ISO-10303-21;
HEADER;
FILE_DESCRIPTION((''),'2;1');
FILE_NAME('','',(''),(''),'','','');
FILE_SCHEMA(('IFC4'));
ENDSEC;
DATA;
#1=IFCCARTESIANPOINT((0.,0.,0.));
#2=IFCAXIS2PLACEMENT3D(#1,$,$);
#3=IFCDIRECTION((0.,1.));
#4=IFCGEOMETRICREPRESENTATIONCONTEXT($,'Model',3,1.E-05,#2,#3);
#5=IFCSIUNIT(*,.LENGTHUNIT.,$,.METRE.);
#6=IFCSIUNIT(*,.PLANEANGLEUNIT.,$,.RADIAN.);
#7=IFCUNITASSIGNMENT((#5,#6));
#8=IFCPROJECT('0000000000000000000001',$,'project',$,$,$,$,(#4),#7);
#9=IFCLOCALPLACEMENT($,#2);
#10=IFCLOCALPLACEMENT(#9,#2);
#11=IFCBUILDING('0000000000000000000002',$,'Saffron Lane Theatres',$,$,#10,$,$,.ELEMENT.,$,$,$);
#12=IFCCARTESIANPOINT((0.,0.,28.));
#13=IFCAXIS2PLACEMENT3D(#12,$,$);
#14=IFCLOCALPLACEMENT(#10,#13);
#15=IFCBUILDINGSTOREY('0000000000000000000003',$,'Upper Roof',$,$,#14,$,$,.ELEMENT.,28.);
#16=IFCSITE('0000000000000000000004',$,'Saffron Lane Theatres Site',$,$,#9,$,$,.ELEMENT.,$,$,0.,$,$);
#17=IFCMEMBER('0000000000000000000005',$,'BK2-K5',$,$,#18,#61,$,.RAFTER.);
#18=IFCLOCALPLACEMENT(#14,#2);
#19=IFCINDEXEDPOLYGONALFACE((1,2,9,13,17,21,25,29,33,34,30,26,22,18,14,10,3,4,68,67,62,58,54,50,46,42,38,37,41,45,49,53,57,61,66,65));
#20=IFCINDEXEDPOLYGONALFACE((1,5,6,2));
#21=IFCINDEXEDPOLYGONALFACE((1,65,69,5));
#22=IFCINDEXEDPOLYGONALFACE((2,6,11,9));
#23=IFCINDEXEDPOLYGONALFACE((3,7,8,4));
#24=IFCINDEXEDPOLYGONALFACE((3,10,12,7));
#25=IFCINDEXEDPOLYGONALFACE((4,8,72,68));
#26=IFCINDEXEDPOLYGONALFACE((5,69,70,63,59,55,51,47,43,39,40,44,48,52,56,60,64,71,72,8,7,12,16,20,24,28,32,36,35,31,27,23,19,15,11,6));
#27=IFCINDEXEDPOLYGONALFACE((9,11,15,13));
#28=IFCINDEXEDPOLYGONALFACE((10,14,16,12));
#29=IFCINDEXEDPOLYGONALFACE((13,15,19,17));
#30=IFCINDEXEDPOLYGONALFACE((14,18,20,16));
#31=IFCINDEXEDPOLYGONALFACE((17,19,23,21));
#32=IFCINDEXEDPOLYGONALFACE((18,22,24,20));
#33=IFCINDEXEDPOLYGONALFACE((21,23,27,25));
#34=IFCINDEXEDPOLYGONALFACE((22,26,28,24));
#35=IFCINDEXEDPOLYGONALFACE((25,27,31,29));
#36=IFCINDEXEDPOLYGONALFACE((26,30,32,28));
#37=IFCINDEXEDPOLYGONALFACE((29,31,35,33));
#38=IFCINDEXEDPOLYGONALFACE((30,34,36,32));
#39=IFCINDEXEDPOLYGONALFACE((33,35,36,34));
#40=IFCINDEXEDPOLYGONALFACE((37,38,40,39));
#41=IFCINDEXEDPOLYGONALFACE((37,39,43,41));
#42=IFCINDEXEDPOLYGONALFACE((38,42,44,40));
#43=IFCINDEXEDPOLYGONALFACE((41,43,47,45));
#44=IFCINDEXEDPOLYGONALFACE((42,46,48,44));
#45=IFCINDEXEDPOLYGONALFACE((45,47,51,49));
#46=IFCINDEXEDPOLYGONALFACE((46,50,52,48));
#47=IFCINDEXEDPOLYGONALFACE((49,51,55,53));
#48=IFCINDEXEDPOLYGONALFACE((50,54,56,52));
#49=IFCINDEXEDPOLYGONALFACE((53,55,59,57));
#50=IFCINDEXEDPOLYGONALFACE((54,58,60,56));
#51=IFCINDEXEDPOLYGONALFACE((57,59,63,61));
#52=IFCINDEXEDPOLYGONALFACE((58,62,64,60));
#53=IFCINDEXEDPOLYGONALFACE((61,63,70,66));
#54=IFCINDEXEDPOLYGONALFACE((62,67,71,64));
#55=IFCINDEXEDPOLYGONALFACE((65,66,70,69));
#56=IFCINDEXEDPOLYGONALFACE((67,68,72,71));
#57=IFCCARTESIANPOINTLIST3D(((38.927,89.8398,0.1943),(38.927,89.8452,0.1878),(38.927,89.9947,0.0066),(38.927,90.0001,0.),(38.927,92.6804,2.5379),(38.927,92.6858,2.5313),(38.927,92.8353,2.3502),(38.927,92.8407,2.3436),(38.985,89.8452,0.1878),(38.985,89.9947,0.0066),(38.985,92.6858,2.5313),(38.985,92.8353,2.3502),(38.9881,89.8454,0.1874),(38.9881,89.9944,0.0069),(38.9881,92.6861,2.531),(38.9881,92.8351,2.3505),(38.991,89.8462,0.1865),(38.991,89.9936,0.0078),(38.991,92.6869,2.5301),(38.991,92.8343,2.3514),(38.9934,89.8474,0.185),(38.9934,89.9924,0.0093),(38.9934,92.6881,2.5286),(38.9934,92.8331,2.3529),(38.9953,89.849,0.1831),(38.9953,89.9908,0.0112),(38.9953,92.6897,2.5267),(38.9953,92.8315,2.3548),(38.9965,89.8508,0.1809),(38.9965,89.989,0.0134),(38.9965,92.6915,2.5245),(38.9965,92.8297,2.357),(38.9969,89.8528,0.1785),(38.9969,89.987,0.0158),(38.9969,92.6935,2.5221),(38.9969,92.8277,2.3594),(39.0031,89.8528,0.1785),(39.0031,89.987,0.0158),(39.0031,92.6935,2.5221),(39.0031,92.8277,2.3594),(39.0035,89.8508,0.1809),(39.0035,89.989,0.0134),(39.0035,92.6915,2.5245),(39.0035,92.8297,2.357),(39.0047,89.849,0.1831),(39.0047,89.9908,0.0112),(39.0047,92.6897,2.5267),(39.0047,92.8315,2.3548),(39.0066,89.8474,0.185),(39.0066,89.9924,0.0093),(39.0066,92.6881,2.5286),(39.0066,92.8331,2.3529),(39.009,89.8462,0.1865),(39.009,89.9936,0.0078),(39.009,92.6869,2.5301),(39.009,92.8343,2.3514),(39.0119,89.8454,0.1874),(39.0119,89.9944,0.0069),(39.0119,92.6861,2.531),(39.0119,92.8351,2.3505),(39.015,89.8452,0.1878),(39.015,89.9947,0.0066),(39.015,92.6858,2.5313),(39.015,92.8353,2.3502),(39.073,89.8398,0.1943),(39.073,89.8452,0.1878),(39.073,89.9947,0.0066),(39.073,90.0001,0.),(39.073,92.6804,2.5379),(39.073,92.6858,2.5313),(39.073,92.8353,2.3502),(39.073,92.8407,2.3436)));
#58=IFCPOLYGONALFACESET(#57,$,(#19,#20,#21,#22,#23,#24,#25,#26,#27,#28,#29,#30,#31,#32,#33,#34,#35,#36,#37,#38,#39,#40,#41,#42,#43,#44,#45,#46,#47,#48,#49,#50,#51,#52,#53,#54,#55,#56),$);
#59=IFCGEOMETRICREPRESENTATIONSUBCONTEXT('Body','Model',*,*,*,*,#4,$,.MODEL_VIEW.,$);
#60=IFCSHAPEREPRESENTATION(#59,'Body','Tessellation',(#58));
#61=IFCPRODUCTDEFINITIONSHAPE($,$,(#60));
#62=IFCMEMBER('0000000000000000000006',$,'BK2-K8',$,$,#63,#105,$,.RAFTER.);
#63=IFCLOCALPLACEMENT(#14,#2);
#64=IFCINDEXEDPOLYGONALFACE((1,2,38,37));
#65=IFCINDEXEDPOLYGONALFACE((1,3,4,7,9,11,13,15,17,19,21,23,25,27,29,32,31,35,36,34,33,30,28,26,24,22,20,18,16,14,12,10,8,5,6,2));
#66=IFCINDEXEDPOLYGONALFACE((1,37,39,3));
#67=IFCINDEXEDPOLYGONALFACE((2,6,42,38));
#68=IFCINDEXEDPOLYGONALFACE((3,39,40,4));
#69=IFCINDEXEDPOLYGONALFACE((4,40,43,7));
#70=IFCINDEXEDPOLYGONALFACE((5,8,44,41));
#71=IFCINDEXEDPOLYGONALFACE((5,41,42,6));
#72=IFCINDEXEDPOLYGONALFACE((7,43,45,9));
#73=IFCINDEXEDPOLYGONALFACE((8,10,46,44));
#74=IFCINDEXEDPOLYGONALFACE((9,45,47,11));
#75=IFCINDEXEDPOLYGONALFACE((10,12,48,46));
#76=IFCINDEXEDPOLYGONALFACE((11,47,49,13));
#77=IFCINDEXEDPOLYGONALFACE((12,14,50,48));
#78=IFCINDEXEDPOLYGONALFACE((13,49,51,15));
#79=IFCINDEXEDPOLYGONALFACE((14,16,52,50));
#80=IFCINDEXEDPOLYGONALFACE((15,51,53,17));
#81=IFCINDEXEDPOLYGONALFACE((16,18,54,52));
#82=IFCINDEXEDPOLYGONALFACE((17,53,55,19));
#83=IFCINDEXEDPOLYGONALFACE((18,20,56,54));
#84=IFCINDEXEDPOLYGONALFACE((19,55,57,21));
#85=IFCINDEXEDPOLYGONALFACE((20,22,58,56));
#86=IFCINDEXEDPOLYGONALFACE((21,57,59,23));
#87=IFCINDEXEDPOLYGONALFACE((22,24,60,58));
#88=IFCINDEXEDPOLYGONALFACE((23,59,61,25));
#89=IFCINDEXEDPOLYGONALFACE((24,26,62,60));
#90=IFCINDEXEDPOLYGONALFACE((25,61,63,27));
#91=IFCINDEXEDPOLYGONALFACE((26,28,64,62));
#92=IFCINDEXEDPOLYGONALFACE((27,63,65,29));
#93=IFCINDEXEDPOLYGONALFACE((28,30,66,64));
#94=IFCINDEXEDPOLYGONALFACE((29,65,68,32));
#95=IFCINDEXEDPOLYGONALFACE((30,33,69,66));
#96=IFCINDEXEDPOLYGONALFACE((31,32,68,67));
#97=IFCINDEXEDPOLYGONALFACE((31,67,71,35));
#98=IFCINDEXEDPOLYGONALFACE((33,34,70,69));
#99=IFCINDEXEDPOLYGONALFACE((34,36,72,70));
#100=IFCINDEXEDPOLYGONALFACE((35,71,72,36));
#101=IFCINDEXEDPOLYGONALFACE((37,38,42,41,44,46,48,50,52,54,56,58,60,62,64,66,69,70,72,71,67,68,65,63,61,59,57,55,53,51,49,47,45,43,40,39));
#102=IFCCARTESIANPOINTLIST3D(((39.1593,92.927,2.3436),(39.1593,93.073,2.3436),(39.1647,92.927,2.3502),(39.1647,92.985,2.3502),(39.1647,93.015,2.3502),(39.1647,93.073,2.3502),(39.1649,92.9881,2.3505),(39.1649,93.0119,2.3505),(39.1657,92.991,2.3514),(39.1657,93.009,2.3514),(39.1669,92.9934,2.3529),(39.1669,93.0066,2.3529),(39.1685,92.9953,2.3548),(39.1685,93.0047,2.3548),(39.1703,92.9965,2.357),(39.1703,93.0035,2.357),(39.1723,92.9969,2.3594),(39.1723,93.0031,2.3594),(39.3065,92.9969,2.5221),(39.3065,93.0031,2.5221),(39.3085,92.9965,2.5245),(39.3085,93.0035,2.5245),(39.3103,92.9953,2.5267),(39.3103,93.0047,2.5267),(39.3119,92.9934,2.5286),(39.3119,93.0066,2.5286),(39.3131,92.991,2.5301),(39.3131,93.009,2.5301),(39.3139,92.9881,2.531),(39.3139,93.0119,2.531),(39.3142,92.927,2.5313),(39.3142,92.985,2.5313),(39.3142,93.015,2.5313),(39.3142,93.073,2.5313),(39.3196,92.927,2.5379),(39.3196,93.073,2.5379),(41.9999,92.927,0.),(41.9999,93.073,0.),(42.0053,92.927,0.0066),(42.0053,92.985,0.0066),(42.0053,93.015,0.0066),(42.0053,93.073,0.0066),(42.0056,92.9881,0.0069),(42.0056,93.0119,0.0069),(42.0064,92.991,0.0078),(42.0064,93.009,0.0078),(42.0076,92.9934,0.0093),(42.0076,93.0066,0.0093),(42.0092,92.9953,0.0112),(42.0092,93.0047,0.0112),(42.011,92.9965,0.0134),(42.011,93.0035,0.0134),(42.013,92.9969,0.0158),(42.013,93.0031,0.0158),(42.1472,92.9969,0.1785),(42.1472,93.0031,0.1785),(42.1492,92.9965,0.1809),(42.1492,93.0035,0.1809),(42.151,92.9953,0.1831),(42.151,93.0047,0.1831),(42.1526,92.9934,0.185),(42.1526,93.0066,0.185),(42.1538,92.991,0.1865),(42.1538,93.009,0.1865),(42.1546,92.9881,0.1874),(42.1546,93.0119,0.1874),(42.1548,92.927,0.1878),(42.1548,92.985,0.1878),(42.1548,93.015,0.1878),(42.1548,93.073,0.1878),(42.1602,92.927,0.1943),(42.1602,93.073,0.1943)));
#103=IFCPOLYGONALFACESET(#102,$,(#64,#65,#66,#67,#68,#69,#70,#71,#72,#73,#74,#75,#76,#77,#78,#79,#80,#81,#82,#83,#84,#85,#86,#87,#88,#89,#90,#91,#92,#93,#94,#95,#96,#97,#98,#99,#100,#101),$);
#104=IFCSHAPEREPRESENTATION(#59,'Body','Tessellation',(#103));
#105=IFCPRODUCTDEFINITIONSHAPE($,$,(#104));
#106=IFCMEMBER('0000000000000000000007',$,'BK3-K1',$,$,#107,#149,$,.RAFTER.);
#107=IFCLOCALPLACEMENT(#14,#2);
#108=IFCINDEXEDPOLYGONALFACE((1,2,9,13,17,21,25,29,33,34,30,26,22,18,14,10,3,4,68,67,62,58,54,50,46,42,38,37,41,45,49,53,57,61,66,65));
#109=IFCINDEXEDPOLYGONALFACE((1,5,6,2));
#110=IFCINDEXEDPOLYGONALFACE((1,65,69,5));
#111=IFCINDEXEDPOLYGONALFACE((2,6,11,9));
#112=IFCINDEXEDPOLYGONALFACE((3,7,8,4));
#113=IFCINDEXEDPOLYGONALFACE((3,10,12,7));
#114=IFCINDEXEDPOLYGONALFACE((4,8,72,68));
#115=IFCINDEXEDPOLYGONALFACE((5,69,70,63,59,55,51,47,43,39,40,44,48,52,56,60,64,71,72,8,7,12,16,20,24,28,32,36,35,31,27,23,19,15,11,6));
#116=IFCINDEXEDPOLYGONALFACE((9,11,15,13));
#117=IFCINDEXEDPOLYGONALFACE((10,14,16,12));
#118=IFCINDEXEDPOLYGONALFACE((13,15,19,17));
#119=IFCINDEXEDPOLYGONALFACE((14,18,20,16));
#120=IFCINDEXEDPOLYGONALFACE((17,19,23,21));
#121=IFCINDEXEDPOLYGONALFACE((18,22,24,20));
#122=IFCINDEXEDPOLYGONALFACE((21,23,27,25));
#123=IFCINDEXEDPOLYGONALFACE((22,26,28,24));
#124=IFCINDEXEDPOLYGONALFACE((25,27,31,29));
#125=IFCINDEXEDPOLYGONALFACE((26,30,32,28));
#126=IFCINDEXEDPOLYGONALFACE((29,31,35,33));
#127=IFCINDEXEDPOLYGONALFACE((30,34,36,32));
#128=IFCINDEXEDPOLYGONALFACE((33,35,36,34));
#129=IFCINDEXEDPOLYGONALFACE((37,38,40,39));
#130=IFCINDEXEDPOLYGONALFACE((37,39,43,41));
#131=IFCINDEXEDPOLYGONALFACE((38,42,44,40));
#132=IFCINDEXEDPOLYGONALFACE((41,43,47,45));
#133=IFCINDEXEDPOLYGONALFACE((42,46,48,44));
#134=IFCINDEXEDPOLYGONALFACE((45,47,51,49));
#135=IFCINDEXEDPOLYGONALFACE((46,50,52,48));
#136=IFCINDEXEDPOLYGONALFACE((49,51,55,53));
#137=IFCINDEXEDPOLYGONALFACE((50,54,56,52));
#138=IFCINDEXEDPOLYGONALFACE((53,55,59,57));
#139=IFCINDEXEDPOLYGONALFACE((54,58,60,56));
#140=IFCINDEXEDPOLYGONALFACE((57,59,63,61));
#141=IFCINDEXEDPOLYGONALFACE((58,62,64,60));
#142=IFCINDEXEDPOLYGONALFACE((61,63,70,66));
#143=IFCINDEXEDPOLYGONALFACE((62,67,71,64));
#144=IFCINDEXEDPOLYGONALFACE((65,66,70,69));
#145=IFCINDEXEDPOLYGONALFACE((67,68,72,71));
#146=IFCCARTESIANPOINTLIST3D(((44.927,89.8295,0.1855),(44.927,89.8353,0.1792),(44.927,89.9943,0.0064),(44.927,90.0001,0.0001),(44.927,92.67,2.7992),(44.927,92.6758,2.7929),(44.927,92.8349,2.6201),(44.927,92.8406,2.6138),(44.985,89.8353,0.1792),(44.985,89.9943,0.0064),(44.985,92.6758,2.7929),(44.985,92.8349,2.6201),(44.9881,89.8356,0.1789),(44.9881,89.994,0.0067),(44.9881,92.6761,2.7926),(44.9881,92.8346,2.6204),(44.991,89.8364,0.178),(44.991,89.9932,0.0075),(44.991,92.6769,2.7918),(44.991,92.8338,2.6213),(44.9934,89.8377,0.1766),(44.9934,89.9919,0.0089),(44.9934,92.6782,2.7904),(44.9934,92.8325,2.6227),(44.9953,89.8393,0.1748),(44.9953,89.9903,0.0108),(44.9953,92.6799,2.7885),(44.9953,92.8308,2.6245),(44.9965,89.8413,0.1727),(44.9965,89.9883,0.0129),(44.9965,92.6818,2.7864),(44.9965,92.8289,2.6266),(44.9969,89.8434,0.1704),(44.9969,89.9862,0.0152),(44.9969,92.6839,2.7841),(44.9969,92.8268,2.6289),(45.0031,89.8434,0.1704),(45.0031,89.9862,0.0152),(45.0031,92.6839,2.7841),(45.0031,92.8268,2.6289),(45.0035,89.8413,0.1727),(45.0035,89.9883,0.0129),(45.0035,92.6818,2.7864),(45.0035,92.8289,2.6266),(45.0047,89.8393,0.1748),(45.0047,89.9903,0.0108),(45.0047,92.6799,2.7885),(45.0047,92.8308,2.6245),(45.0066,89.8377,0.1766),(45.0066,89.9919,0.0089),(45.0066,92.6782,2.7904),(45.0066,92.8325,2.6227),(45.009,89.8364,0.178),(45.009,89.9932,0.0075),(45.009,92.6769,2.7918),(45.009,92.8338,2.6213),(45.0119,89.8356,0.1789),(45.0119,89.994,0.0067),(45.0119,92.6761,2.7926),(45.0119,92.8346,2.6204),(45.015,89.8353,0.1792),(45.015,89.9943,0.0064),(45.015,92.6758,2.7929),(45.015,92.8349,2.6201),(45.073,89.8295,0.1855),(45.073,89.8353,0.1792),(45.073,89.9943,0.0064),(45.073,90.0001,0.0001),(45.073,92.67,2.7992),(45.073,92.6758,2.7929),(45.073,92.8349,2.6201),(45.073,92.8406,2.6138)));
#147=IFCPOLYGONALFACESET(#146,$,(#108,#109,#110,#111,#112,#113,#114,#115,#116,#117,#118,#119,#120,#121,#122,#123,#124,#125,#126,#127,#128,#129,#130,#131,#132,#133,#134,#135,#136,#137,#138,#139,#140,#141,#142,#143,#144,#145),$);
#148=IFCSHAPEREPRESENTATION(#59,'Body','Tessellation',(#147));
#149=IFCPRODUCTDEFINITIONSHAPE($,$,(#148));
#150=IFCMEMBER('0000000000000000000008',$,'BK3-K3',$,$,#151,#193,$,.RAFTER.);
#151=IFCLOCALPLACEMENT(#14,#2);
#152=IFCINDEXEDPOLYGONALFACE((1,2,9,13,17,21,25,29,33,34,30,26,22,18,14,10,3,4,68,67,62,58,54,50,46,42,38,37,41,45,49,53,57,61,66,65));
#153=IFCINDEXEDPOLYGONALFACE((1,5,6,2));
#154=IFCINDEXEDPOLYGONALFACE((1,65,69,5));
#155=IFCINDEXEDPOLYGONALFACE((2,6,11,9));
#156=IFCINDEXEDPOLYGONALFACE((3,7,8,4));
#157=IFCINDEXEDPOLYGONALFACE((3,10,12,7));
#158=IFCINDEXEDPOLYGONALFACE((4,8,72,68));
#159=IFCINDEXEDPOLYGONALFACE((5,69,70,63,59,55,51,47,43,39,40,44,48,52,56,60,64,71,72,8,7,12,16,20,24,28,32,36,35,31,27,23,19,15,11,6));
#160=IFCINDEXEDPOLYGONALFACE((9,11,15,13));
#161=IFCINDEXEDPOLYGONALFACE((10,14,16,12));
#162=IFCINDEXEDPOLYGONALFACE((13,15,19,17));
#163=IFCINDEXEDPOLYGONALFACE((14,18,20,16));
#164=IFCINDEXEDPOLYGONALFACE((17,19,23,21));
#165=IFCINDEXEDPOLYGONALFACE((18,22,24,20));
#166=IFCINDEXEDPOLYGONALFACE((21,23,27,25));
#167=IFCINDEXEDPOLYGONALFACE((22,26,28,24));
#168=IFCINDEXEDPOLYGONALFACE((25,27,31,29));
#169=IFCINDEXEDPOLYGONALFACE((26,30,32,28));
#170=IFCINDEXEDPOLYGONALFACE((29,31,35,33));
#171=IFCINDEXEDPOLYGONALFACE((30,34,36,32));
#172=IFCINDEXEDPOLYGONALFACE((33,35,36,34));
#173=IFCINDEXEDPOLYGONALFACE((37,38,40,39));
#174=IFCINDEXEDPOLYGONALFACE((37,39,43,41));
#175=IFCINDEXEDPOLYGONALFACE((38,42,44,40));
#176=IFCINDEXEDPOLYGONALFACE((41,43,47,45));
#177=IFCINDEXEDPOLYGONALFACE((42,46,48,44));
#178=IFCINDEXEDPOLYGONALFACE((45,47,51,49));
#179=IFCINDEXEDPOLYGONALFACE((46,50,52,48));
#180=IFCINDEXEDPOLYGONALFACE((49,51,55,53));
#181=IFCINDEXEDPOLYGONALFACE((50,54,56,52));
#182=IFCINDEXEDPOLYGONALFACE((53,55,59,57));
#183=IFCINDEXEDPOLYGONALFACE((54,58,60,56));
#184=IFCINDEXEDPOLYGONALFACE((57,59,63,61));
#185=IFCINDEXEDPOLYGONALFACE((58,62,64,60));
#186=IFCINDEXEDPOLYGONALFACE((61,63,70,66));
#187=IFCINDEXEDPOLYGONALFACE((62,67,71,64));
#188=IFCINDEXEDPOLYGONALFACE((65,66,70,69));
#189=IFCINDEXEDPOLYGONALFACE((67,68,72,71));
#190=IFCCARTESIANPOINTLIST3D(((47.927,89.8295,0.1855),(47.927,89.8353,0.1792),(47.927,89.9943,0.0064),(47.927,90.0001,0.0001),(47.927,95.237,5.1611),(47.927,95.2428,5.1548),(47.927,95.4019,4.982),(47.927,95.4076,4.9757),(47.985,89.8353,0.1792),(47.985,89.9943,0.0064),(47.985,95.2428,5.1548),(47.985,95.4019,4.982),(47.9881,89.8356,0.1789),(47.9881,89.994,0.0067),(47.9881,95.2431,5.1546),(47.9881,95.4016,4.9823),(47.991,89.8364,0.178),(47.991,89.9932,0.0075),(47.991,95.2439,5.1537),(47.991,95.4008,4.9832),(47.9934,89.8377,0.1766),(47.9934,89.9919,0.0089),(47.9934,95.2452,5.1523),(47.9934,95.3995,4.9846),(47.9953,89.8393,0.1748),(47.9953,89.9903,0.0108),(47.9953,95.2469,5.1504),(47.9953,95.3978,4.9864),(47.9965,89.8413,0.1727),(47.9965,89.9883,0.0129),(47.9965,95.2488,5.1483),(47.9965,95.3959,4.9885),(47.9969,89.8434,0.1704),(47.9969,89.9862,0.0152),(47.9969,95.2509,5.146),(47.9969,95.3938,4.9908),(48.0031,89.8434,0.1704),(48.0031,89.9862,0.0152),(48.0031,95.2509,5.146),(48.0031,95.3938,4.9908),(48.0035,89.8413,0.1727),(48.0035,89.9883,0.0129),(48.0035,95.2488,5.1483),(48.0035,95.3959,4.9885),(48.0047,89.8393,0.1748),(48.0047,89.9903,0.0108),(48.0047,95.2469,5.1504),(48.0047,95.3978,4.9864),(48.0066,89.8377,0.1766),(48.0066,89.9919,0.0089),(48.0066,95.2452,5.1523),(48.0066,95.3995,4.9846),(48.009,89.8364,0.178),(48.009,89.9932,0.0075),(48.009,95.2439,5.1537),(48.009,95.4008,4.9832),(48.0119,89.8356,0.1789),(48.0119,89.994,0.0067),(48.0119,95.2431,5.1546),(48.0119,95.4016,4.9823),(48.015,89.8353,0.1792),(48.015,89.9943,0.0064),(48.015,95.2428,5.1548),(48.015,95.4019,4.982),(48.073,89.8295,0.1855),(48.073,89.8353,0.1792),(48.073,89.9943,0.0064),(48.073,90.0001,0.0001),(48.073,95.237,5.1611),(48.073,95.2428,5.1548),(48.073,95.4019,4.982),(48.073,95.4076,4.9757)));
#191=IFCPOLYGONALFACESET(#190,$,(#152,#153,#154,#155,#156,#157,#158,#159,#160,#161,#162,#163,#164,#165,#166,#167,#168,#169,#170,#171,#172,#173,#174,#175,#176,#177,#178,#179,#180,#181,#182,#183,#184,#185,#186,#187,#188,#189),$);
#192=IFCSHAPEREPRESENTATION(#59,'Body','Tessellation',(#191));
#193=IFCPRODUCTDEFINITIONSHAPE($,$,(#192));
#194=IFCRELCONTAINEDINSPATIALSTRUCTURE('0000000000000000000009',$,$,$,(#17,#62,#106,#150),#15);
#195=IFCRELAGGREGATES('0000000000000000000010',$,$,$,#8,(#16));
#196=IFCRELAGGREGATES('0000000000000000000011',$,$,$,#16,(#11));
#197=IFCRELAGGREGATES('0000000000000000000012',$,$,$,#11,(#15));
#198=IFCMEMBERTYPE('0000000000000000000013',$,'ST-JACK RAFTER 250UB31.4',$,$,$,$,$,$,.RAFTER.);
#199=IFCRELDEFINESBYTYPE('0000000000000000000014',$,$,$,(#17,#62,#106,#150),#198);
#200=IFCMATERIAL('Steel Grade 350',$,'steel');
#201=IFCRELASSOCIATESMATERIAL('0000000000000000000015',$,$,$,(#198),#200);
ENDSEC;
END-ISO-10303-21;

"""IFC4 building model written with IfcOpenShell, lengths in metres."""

from ifc_helpers import new_model, si_unit, direction, frame, origin, origin_2d, place, context, subcontext, project, spatial, i_section, extrude, material, material_profile, profile_set, type_object, element, save


model = new_model("IFC4")

# Units and contexts
model_context = context("Model", 3, precision=1e-05, world=origin(), true_north=direction((0.0, 1.0)))
body_context = subcontext(model_context, "Body", "Model", "MODEL_VIEW")
ifc_project = project(units=[si_unit("LENGTHUNIT", "METRE"), si_unit("PLANEANGLEUNIT", "RADIAN")], contexts=[model_context])

# Site, building, storey
site_placement = place(None, origin())
site = spatial("IfcSite", under=ifc_project, at=site_placement, Name="Saffron Lane Theatres Site", CompositionType="ELEMENT", RefElevation=0.0)
building_placement = place(site_placement, origin())
building = spatial("IfcBuilding", under=site, at=building_placement, Name="Saffron Lane Theatres", CompositionType="ELEMENT")
storey_placement = place(building_placement, frame((0.0, 0.0, 28.0)))
storey = spatial("IfcBuildingStorey", under=building, at=storey_placement, Name="Upper Roof", CompositionType="ELEMENT", Elevation=28.0)

# Members
ifc_material_1 = material(Name="Steel Grade 350", Category="steel")
ifc_material_profile_1 = material_profile(ifc_material_1, i_section(OverallWidth=0.146, OverallDepth=0.252, WebThickness=0.0061, FlangeThickness=0.0085, FilletRadius=0.012, at=origin_2d()))
ifc_profile_set_1 = profile_set([ifc_material_profile_1], Name="Steel Grade 350")
member_type_1 = type_object("IfcMemberType", Name="ST-JACK RAFTER 250UB31.4", PredefinedType="RAFTER", material=ifc_profile_set_1)
for number, where, z_axis, x_axis, name in (
    (1, (39.0, 89.9199, 0.0972), (0.0, 0.771369, 0.636388), (-1.0, 0.0, 0.0), "BK2-K5"),
    (2, (42.0801, 93.0, 0.0972), (-0.771369, 0.0, 0.636388), (0.0, -1.0, 0.0), "BK2-K8"),
):
    element("IfcMember", number, at=place(storey_placement, frame(where, z_axis=z_axis, x_axis=x_axis)), inside=storey, type_object=member_type_1, Name=name, PredefinedType="RAFTER", context=body_context, shape_type="SweptSolid", body=[
        extrude(i_section(OverallWidth=0.146, OverallDepth=0.252, WebThickness=0.0061, FlangeThickness=0.0085, FilletRadius=0.012, at=origin_2d()), origin(), (0.0, 0.0, 1.0), 3.6826),
    ])
member_1_placement = place(storey_placement, frame((45.0, 89.9148, 0.0928), z_axis=(0.0, 0.735874, 0.677118), x_axis=(-1.0, 0.0, 0.0)))
element("IfcMember", 3, at=member_1_placement, inside=storey, type_object=member_type_1, Name="BK3-K1", PredefinedType="RAFTER", context=body_context, shape_type="SweptSolid", body=[
    extrude(i_section(OverallWidth=0.146, OverallDepth=0.252, WebThickness=0.0061, FlangeThickness=0.0085, FilletRadius=0.012, at=origin_2d()), origin(), (0.0, 0.0, 1.0), 3.8601),
])
member_2_placement = place(storey_placement, frame((48.0, 89.9148, 0.0928), z_axis=(0.0, 0.735883, 0.677109), x_axis=(-1.0, 0.0, 0.0)))
element("IfcMember", 4, at=member_2_placement, inside=storey, type_object=member_type_1, Name="BK3-K3", PredefinedType="RAFTER", context=body_context, shape_type="SweptSolid", body=[
    extrude(i_section(OverallWidth=0.146, OverallDepth=0.252, WebThickness=0.0061, FlangeThickness=0.0085, FilletRadius=0.012, at=origin_2d()), origin(), (0.0, 0.0, 1.0), 7.3484),
])

save(model, "model.ifc")
